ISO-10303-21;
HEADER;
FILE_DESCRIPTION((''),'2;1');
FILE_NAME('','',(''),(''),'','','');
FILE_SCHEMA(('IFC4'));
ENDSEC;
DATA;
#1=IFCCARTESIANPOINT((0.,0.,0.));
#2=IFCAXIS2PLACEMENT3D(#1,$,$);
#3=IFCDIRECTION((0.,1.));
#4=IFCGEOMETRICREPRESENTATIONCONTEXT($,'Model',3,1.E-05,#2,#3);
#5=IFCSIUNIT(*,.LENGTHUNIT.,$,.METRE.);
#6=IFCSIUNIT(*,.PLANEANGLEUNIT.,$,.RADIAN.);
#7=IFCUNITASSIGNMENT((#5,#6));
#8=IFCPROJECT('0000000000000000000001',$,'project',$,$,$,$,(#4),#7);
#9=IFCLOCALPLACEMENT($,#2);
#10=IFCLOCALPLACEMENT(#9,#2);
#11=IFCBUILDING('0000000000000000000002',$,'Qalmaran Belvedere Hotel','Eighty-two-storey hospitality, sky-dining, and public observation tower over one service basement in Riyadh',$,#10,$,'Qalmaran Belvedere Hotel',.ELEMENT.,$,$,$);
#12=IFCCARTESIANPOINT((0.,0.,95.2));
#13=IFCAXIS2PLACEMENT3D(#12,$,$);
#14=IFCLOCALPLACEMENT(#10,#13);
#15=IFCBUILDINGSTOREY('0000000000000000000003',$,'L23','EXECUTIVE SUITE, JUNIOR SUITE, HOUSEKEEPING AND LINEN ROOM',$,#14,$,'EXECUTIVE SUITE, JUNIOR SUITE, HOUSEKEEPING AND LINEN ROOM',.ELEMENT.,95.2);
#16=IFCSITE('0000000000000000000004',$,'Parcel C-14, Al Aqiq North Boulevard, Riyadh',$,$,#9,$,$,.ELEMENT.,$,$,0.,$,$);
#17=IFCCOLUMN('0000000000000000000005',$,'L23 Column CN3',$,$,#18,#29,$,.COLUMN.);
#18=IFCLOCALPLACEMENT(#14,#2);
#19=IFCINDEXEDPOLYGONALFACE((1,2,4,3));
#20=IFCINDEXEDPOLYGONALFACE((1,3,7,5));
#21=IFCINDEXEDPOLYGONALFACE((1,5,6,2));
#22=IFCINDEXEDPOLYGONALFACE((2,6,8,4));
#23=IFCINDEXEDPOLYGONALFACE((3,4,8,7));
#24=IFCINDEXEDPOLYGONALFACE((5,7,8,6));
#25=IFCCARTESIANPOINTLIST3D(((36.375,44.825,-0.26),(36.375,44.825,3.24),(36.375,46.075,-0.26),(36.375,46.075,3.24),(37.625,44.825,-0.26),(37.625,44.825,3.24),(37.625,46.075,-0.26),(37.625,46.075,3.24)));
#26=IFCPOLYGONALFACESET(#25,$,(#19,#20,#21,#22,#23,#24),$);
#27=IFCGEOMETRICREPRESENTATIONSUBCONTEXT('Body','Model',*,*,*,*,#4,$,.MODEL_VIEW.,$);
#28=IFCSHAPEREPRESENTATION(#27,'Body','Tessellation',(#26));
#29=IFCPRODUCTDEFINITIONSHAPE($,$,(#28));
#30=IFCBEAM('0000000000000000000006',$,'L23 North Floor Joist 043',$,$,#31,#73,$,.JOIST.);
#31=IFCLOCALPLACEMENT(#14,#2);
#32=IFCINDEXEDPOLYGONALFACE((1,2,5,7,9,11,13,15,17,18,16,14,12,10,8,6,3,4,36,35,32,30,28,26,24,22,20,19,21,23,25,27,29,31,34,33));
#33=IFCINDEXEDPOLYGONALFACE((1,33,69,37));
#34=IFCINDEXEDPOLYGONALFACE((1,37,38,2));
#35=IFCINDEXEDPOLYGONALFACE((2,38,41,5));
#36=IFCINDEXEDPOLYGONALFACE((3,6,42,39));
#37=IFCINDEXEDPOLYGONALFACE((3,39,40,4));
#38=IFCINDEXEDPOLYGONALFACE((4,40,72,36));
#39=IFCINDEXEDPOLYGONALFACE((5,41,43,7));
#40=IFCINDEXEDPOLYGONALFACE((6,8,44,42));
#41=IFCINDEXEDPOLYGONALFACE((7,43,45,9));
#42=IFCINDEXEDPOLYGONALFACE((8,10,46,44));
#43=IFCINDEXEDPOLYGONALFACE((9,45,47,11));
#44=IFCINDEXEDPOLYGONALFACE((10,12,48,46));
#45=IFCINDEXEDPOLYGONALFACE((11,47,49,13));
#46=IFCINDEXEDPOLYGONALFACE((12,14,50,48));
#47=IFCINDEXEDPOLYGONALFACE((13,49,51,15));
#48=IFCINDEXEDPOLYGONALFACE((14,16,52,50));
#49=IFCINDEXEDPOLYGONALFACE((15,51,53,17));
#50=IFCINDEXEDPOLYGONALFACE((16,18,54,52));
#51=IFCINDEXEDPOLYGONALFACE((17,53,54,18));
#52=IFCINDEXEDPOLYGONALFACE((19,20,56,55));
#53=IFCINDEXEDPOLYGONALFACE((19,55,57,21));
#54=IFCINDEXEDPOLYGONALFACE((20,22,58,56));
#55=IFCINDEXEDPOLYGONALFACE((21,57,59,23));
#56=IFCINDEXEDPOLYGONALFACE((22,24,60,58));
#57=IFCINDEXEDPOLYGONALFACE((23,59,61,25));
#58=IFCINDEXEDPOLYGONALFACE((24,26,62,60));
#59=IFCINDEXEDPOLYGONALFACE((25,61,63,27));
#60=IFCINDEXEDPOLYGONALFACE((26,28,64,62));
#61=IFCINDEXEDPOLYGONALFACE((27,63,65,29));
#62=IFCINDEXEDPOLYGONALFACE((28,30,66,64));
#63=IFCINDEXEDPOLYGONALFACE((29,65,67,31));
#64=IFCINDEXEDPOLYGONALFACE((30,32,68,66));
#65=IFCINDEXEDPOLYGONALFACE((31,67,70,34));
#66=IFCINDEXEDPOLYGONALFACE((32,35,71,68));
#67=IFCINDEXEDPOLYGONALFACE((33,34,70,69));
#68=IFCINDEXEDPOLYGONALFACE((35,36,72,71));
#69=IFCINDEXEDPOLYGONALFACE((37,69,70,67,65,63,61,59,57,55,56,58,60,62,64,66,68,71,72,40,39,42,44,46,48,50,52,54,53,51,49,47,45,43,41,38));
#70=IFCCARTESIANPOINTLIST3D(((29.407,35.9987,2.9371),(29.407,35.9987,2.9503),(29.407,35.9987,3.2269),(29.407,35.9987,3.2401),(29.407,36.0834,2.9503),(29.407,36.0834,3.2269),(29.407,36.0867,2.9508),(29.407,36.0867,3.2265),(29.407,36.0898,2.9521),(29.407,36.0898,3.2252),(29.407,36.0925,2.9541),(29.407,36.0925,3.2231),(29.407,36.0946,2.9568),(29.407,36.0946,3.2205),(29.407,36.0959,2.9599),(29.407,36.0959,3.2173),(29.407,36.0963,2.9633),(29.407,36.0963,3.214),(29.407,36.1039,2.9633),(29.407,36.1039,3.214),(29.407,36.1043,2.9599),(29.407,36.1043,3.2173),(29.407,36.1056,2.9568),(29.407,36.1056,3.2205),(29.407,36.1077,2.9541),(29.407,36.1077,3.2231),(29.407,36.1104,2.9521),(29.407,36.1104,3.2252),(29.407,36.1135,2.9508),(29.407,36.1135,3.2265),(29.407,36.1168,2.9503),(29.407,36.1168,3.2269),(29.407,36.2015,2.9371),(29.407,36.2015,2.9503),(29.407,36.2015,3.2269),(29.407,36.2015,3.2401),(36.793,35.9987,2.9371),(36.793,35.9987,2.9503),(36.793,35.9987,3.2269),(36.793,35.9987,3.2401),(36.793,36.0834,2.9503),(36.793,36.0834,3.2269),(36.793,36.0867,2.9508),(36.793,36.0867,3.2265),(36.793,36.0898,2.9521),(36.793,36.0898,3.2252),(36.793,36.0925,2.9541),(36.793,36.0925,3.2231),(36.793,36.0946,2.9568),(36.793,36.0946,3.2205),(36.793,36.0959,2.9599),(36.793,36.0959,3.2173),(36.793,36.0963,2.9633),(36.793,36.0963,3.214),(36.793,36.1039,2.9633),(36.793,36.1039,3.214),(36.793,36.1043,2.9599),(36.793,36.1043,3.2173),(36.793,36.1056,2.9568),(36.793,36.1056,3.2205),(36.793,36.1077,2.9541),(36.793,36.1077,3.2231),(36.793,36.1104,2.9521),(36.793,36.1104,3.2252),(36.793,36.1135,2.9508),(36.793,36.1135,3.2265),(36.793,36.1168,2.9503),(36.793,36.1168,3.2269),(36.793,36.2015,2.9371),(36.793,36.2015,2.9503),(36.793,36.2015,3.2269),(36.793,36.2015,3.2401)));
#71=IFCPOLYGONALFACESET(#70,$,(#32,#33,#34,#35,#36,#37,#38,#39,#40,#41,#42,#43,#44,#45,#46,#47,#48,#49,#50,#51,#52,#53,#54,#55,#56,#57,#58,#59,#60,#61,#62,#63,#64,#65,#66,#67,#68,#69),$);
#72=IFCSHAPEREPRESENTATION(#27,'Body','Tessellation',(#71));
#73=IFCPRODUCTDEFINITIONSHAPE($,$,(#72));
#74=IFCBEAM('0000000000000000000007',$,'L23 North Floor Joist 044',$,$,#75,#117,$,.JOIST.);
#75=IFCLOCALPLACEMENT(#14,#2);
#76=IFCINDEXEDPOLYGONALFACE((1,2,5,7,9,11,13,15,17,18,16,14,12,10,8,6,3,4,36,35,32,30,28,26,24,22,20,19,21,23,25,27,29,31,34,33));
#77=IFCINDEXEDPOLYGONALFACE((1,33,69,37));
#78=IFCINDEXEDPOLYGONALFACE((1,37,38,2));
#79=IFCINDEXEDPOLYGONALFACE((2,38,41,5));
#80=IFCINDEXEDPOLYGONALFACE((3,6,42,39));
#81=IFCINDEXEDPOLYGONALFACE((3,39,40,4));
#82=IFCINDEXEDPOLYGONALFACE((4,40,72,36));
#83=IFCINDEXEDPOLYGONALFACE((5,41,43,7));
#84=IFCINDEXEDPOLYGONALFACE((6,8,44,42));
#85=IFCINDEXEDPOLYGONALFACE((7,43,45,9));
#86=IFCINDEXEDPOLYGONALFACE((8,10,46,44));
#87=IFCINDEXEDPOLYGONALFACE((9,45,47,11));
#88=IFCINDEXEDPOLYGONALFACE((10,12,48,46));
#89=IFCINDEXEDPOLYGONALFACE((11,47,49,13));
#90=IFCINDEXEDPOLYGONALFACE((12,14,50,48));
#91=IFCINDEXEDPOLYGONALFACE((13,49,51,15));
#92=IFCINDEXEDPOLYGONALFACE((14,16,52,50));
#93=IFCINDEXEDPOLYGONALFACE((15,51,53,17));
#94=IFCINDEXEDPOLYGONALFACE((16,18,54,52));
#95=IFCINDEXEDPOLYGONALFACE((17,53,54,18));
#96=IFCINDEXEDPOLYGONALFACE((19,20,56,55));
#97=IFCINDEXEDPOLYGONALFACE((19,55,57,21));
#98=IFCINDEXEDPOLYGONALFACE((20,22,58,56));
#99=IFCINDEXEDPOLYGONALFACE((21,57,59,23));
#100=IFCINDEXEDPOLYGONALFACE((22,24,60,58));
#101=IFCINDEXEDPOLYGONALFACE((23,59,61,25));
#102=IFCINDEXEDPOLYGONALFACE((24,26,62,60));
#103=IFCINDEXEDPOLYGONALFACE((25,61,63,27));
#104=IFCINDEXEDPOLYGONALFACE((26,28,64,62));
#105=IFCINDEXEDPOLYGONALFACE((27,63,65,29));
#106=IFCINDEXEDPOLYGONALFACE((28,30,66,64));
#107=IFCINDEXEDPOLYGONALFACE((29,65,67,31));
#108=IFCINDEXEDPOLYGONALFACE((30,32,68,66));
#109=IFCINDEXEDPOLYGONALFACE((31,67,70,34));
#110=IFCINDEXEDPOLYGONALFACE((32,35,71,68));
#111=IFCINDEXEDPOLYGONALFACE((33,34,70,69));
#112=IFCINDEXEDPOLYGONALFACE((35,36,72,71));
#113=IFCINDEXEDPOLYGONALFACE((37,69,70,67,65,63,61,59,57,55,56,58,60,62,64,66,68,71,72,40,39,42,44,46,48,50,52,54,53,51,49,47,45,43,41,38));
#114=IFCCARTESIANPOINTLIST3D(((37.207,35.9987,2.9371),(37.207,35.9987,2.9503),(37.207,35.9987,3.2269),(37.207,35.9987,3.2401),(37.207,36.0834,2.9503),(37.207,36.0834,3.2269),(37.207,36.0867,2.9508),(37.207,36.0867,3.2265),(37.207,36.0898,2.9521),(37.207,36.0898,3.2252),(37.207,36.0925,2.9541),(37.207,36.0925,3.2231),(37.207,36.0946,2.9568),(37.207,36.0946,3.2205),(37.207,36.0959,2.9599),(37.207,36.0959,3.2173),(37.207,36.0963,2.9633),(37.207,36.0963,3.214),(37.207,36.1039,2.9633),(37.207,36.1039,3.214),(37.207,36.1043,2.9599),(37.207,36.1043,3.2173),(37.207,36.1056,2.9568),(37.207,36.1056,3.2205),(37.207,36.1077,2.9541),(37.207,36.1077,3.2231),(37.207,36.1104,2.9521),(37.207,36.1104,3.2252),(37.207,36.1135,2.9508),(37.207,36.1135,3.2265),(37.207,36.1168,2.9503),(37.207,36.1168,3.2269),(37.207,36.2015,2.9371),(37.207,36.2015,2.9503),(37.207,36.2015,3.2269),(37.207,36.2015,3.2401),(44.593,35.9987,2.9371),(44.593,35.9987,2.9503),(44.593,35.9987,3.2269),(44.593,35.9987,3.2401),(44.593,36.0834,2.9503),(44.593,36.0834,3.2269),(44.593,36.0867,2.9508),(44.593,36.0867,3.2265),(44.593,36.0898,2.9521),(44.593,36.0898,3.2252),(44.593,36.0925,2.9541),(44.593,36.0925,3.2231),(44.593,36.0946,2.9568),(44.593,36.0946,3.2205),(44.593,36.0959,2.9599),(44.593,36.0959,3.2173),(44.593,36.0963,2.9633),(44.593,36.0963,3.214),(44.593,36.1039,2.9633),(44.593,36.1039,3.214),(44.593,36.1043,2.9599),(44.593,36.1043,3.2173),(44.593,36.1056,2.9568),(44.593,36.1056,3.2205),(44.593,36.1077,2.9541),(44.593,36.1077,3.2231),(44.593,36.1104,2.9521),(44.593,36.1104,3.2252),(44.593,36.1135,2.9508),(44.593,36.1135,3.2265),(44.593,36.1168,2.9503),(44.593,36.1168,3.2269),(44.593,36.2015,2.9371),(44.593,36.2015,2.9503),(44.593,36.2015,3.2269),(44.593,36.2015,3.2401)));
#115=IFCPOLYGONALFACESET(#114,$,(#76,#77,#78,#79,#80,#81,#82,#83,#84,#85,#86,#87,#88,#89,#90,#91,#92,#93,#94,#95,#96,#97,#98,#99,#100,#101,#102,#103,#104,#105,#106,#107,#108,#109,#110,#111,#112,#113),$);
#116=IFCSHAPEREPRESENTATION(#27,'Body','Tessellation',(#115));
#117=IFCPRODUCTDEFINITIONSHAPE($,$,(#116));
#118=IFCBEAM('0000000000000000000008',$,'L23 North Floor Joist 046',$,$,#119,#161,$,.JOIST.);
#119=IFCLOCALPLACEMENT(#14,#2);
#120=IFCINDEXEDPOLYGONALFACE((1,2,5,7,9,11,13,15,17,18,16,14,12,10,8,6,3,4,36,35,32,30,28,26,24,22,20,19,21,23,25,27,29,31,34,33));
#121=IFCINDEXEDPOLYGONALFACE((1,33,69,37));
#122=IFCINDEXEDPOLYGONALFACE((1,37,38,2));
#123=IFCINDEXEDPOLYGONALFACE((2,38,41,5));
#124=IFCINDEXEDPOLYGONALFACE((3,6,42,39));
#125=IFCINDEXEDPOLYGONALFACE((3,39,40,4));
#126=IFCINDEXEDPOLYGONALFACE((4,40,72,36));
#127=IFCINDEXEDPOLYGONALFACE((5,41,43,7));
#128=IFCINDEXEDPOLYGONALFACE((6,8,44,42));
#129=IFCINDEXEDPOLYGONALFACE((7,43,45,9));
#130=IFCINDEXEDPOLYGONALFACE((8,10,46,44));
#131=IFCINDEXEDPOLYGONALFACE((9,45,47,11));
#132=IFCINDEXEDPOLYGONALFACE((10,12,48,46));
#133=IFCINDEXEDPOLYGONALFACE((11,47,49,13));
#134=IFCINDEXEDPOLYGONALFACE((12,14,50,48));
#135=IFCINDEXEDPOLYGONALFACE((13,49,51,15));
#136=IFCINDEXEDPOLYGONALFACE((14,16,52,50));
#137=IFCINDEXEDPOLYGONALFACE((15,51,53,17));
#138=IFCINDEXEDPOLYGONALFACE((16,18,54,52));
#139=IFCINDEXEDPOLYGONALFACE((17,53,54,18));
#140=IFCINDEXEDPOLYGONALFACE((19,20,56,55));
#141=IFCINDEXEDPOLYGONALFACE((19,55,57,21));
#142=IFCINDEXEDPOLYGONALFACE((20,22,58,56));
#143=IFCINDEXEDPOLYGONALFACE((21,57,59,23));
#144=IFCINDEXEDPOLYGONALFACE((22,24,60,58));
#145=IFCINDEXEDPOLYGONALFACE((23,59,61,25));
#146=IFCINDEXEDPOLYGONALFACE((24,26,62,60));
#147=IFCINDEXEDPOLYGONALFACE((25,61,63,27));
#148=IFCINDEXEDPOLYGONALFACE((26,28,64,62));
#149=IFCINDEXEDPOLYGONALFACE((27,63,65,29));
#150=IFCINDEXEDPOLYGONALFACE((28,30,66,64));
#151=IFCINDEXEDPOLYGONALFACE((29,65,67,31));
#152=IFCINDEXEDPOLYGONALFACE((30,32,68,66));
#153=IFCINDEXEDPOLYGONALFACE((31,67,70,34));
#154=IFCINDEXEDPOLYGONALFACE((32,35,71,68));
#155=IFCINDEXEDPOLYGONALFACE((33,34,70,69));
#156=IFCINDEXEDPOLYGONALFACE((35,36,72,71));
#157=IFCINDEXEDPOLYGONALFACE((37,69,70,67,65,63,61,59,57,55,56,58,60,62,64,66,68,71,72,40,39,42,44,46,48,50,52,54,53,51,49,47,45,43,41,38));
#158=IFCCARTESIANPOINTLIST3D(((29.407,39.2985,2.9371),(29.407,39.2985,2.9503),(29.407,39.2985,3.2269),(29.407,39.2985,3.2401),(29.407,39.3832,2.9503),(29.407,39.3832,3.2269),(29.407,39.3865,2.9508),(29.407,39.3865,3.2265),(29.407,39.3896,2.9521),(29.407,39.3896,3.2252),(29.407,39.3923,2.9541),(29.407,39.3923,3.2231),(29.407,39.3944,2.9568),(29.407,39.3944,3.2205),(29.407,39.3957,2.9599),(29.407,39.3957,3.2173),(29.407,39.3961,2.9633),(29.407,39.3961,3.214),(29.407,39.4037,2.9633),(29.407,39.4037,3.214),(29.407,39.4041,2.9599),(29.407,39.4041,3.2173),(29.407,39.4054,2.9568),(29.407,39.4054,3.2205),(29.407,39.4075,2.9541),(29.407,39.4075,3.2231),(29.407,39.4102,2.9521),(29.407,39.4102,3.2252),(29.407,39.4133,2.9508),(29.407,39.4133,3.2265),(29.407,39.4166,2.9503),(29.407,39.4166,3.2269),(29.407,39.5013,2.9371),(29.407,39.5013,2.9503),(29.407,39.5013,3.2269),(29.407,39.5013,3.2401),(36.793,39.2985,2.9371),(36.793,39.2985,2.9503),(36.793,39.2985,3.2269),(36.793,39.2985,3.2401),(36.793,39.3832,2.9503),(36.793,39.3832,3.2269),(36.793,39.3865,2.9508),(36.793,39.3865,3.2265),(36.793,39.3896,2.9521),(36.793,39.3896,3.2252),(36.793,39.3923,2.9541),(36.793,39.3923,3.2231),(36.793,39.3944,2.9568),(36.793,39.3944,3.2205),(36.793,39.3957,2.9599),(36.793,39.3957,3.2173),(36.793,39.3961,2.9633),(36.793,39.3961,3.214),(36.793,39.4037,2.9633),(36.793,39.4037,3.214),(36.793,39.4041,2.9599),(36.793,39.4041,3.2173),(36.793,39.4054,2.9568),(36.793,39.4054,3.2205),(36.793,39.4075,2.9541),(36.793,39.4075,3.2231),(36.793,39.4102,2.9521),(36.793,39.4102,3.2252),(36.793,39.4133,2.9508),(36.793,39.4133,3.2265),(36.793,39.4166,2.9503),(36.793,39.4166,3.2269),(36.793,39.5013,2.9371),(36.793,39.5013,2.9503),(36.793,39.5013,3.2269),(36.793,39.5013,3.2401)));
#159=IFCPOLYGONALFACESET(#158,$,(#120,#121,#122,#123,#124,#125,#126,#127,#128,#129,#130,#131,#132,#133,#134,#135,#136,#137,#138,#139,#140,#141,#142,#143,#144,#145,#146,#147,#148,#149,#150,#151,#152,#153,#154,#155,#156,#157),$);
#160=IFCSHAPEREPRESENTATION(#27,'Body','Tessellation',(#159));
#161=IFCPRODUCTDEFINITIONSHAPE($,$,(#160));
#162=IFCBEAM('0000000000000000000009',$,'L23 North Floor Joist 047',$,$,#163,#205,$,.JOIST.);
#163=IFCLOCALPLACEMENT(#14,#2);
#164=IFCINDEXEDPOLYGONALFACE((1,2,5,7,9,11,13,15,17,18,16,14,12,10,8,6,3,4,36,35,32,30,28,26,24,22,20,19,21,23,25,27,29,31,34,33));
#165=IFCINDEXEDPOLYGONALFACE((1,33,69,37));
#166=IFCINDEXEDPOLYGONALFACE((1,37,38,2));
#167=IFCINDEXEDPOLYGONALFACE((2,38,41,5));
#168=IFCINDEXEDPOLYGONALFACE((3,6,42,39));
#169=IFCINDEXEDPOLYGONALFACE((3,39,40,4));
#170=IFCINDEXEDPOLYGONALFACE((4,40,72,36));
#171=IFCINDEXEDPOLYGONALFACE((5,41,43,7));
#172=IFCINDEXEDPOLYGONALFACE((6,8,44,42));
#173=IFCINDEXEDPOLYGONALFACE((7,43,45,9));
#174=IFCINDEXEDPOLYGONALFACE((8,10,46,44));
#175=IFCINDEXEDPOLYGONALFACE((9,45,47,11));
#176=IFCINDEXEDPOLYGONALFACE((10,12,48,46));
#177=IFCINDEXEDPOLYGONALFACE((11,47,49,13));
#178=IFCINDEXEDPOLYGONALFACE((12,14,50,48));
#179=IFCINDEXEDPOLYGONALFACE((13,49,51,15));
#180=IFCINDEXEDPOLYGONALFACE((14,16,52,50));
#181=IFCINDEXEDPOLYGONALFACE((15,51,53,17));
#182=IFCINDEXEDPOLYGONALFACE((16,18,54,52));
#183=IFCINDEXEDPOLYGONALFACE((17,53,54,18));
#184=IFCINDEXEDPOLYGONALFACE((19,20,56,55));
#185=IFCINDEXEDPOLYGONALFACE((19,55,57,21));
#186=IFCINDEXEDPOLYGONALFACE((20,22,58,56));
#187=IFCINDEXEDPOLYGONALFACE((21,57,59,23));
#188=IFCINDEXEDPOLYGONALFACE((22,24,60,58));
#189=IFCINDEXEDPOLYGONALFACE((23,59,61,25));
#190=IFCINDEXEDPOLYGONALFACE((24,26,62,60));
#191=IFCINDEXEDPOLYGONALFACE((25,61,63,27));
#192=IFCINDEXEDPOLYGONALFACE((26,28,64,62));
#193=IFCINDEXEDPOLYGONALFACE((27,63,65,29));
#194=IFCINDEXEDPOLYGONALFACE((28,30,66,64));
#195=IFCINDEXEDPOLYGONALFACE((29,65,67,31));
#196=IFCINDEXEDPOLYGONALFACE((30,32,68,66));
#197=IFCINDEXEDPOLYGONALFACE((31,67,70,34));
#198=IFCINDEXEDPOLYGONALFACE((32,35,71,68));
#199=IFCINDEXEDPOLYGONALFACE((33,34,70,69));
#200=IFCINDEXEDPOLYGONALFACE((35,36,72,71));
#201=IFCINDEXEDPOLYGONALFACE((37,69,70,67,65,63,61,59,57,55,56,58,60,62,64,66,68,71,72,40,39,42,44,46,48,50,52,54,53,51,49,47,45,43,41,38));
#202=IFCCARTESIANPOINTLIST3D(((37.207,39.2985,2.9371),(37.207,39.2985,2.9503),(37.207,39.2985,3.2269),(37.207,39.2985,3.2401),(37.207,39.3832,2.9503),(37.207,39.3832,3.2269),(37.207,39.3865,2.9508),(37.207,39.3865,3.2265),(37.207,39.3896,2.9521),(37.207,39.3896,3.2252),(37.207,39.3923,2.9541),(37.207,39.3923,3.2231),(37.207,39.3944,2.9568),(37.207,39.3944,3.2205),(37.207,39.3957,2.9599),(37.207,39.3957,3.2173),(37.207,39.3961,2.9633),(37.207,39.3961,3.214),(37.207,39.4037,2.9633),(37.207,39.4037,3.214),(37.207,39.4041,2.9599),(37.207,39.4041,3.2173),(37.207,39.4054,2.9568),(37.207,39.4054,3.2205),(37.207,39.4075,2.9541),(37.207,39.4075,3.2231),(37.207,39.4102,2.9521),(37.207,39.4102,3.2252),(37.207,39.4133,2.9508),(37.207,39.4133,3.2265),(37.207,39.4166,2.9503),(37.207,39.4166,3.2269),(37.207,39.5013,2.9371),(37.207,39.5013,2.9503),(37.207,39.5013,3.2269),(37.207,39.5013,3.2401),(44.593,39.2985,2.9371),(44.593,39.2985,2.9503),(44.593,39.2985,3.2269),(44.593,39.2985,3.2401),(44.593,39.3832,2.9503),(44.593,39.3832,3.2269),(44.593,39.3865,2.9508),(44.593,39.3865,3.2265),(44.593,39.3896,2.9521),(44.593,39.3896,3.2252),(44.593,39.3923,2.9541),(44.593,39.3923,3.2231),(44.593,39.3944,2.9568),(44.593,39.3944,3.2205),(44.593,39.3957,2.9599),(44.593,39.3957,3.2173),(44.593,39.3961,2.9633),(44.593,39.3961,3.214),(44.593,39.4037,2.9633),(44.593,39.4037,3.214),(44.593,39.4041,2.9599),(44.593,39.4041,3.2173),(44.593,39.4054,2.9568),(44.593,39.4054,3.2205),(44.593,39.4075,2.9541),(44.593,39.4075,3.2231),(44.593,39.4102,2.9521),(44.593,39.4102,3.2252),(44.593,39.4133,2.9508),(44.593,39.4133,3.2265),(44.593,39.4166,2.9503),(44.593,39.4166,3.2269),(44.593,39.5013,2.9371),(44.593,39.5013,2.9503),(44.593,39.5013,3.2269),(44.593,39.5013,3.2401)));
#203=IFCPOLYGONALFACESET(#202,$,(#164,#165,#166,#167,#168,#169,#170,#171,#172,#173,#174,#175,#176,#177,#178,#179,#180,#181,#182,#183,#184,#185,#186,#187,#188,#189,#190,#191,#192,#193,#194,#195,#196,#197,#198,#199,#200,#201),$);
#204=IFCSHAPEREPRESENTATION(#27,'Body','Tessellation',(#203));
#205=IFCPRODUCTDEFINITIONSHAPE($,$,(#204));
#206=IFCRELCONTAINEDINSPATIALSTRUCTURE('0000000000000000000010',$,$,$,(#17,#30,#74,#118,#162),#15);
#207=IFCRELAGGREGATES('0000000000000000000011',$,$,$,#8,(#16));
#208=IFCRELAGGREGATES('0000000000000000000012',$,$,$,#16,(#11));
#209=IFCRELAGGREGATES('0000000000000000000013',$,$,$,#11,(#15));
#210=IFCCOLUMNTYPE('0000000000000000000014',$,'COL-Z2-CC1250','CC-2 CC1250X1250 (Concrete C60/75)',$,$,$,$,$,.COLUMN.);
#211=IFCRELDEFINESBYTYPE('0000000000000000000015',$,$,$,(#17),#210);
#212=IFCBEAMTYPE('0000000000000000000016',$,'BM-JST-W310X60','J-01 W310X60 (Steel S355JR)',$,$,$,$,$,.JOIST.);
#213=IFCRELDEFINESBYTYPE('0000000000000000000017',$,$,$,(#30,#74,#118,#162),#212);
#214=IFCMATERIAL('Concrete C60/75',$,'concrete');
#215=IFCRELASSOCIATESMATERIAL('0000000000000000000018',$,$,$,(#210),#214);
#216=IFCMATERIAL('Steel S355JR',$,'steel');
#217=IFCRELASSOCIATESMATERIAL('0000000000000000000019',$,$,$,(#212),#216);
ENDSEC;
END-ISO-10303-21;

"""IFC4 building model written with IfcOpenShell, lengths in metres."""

from ifc_helpers import new_model, si_unit, direction, frame, origin, origin_2d, place, context, subcontext, project, spatial, rectangle, i_section, extrude, material, material_profile, profile_set, type_object, element, save


model = new_model("IFC4")

# Units and contexts
model_context = context("Model", 3, precision=1e-05, world=origin(), true_north=direction((0.0, 1.0)))
body_context = subcontext(model_context, "Body", "Model", "MODEL_VIEW")
ifc_project = project(units=[si_unit("LENGTHUNIT", "METRE"), si_unit("PLANEANGLEUNIT", "RADIAN")], contexts=[model_context])

# Site, building, storey
site_placement = place(None, origin())
site = spatial("IfcSite", under=ifc_project, at=site_placement, Name="Parcel C-14, Al Aqiq North Boulevard, Riyadh", CompositionType="ELEMENT", RefElevation=0.0)
building_placement = place(site_placement, origin())
building = spatial("IfcBuilding", under=site, at=building_placement, Name="Qalmaran Belvedere Hotel", Description="Eighty-two-storey hospitality, sky-dining, and public observation tower over one service basement in Riyadh", LongName="Qalmaran Belvedere Hotel", CompositionType="ELEMENT")
storey_placement = place(building_placement, frame((0.0, 0.0, 95.2)))
storey = spatial("IfcBuildingStorey", under=building, at=storey_placement, Name="L23", Description="EXECUTIVE SUITE, JUNIOR SUITE, HOUSEKEEPING AND LINEN ROOM", LongName="EXECUTIVE SUITE, JUNIOR SUITE, HOUSEKEEPING AND LINEN ROOM", CompositionType="ELEMENT", Elevation=95.2)

# Column
ifc_material_1 = material(Name="Concrete C60/75", Category="concrete")
ifc_material_profile_1 = material_profile(ifc_material_1, rectangle(XDim=1.25, YDim=1.25, at=origin_2d()), Name="CC1250X1250")
ifc_profile_set_1 = profile_set([ifc_material_profile_1], Name="Concrete C60/75")
column_type = type_object("IfcColumnType", Name="COL-Z2-CC1250", Description="CC-2 CC1250X1250 (Concrete C60/75)", PredefinedType="COLUMN", material=ifc_profile_set_1)
column_placement = place(storey_placement, frame((37.0, 45.45, -0.26), z_axis=(0.0, 0.0, 1.0), x_axis=(1.0, 0.0, 0.0)))
element("IfcColumn", 1, at=column_placement, inside=storey, type_object=column_type, Name="L23 Column CN3", PredefinedType="COLUMN", context=body_context, shape_type="SweptSolid", body=[
    extrude(rectangle(XDim=1.25, YDim=1.25, at=origin_2d()), origin(), (0.0, 0.0, 1.0), 3.5),
])

# Beams
ifc_material_2 = material(Name="Steel S355JR", Category="steel")
ifc_material_profile_2 = material_profile(ifc_material_2, i_section(OverallWidth=0.2029, OverallDepth=0.303, WebThickness=0.0076, FlangeThickness=0.0132, FilletRadius=0.0129, at=origin_2d()), Name="W310X60")
ifc_profile_set_2 = profile_set([ifc_material_profile_2], Name="Steel S355JR")
beam_type_1 = type_object("IfcBeamType", Name="BM-JST-W310X60", Description="J-01 W310X60 (Steel S355JR)", PredefinedType="JOIST", material=ifc_profile_set_2)
for number, where, z_axis, x_axis, name in (
    (2, (29.407, 36.1001, 3.0886), (1.0, 0.0, 0.0), (0.0, 1.0, 0.0), "L23 North Floor Joist 043"),
    (3, (37.207, 36.1001, 3.0886), (1.0, 0.0, 0.0), (0.0, 1.0, 0.0), "L23 North Floor Joist 044"),
    (4, (29.407, 39.3999, 3.0886), (1.0, 0.0, 0.0), (0.0, 1.0, 0.0), "L23 North Floor Joist 046"),
    (5, (37.207, 39.3999, 3.0886), (1.0, 0.0, 0.0), (0.0, 1.0, 0.0), "L23 North Floor Joist 047"),
):
    element("IfcBeam", number, at=place(storey_placement, frame(where, z_axis=z_axis, x_axis=x_axis)), inside=storey, type_object=beam_type_1, Name=name, PredefinedType="JOIST", context=body_context, shape_type="SweptSolid", body=[
        extrude(i_section(OverallWidth=0.2029, OverallDepth=0.303, WebThickness=0.0076, FlangeThickness=0.0132, FilletRadius=0.0129, at=origin_2d()), origin(), (0.0, 0.0, 1.0), 7.386),
    ])

save(model, "model.ifc")
